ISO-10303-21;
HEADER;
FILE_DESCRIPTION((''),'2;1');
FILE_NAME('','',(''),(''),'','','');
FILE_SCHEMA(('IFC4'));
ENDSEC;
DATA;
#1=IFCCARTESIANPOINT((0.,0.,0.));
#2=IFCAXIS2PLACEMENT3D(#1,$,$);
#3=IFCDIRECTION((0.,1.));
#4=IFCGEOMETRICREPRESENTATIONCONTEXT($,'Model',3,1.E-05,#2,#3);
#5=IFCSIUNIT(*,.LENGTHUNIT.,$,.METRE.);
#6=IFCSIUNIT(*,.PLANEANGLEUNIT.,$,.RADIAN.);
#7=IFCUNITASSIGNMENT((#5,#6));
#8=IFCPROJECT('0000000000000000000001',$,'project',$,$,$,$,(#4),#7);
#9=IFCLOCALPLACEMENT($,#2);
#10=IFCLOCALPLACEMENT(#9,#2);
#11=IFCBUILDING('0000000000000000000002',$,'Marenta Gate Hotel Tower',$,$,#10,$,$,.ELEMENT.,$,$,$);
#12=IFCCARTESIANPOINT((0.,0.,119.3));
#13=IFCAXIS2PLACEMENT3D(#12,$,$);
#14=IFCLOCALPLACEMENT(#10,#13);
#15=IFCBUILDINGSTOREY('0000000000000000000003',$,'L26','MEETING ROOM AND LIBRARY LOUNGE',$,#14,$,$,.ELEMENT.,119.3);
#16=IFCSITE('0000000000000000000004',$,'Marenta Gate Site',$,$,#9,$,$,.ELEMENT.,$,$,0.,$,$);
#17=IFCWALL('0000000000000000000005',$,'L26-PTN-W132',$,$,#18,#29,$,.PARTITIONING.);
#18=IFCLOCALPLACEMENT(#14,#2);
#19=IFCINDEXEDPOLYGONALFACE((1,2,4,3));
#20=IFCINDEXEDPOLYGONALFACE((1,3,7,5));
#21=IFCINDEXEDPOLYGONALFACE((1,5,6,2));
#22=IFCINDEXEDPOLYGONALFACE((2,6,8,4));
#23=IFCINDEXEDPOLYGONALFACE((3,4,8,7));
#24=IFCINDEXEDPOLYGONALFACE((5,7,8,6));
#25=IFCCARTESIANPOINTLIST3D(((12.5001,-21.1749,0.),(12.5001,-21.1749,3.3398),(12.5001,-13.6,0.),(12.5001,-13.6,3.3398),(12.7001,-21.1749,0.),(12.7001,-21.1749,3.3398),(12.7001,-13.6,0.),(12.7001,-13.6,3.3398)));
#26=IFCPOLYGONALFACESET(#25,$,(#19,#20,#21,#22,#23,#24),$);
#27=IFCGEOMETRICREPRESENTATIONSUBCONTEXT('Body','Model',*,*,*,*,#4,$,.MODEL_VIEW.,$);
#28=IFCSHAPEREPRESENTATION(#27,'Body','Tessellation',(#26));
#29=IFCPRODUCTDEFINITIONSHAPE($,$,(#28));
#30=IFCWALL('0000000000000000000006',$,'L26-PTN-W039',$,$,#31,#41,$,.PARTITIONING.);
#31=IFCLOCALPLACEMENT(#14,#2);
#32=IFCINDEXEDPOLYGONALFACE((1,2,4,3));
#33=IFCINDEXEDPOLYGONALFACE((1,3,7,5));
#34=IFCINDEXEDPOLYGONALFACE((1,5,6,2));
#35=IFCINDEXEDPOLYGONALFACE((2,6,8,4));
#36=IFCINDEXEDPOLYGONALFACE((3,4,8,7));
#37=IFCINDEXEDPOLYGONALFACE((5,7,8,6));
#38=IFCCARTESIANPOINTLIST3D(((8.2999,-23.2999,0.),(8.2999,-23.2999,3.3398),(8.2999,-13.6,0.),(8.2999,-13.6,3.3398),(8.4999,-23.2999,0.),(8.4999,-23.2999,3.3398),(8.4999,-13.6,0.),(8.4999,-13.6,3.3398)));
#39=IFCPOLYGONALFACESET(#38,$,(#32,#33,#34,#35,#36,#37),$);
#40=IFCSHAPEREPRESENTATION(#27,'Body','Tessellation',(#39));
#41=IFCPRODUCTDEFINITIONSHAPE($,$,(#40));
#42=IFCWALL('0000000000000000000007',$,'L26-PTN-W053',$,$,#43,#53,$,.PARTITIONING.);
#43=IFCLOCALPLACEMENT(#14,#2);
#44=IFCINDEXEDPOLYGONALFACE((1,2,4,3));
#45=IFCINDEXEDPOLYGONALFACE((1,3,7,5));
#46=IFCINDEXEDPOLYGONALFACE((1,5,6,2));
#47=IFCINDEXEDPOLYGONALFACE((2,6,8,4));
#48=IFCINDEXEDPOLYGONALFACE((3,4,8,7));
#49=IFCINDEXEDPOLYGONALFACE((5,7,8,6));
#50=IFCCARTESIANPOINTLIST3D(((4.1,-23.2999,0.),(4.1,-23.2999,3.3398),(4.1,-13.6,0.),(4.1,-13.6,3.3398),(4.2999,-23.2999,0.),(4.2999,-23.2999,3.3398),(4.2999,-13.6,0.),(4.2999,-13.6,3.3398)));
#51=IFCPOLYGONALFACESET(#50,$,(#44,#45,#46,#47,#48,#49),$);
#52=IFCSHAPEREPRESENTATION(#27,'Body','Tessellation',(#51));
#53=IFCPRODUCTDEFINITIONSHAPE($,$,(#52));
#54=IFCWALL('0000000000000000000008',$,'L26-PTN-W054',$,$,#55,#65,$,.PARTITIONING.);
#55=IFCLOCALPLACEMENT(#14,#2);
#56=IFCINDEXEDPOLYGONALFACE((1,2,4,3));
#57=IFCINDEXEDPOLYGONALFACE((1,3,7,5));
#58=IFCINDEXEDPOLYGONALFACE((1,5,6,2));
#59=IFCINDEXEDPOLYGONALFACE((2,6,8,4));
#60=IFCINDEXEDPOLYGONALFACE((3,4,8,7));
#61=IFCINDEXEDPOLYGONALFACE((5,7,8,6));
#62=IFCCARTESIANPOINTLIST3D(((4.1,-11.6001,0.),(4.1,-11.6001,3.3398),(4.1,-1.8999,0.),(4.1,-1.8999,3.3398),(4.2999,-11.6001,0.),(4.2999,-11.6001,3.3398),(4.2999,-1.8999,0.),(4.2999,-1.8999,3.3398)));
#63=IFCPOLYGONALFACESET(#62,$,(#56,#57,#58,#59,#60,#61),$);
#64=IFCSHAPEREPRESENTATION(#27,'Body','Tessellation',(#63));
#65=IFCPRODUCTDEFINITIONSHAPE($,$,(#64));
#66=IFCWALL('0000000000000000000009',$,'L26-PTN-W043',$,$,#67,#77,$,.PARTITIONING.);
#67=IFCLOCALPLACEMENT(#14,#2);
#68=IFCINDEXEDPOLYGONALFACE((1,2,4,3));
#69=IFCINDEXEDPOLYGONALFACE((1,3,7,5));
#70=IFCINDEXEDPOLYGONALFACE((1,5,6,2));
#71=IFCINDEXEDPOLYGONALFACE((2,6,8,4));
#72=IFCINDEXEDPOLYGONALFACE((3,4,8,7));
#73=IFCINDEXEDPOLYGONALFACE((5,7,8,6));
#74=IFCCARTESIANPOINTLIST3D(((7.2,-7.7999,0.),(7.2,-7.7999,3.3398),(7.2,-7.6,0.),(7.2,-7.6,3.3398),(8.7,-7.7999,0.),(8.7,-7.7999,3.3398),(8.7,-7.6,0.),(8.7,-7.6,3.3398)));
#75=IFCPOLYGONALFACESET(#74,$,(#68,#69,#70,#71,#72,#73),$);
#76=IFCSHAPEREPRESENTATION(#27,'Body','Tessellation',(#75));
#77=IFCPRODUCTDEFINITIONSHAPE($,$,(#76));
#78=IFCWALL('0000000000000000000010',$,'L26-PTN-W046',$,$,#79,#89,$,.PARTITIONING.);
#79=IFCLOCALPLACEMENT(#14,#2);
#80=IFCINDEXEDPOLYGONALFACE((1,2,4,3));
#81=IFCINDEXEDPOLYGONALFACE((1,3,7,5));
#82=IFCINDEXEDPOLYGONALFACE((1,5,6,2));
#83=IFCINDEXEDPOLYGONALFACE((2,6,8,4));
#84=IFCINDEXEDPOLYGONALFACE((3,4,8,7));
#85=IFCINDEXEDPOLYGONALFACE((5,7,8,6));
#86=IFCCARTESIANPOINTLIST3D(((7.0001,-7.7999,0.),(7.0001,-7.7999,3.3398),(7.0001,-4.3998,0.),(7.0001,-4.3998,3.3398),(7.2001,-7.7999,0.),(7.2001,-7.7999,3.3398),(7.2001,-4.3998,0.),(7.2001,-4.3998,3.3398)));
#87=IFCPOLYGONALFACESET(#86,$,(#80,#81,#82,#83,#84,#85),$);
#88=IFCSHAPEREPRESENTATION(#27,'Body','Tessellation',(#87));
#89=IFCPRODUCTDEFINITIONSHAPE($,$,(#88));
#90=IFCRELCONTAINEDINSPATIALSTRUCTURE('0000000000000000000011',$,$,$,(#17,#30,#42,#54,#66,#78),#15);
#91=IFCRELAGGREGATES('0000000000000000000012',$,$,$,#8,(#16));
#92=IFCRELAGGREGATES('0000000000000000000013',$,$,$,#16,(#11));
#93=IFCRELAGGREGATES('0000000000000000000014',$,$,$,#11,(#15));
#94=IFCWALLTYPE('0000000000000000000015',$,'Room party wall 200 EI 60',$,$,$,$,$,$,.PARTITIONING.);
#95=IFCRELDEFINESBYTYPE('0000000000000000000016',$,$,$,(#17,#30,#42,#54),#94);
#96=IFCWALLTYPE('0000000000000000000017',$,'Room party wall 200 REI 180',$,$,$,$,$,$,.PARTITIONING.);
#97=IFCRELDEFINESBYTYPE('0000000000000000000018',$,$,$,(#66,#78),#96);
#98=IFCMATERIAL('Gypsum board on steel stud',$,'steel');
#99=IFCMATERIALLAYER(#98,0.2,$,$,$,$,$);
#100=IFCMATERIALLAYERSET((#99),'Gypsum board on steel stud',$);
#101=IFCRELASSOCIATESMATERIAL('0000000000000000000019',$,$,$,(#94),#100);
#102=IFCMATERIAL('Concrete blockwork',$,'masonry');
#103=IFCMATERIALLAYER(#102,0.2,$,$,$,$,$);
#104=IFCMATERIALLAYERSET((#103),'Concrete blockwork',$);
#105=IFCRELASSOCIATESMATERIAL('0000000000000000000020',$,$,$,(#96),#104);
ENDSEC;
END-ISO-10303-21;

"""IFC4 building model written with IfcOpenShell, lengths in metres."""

from ifc_helpers import new_model, si_unit, direction, frame, frame_2d, origin, place, context, subcontext, project, spatial, rectangle, extrude, material, layer, layer_set, type_object, element, save


model = new_model("IFC4")

# Units and contexts
model_context = context("Model", 3, precision=1e-05, world=origin(), true_north=direction((0.0, 1.0)))
body_context = subcontext(model_context, "Body", "Model", "MODEL_VIEW")
ifc_project = project(units=[si_unit("LENGTHUNIT", "METRE"), si_unit("PLANEANGLEUNIT", "RADIAN")], contexts=[model_context])

# Site, building, storey
site_placement = place(None, origin())
site = spatial("IfcSite", under=ifc_project, at=site_placement, Name="Marenta Gate Site", CompositionType="ELEMENT", RefElevation=0.0)
building_placement = place(site_placement, origin())
building = spatial("IfcBuilding", under=site, at=building_placement, Name="Marenta Gate Hotel Tower", CompositionType="ELEMENT")
storey_placement = place(building_placement, frame((0.0, 0.0, 119.3)))
storey = spatial("IfcBuildingStorey", under=building, at=storey_placement, Name="L26", Description="MEETING ROOM AND LIBRARY LOUNGE", CompositionType="ELEMENT", Elevation=119.3)

# Walls
ifc_material_1 = material(Name="Gypsum board on steel stud", Category="steel")
ifc_layer_1 = layer(ifc_material_1, 0.2)
ifc_layer_set_1 = layer_set([ifc_layer_1], Name="Gypsum board on steel stud")
wall_type_1 = type_object("IfcWallType", Name="Room party wall 200 EI 60", PredefinedType="PARTITIONING", material=ifc_layer_set_1)
wall_1_placement = place(storey_placement, frame((12.6001, -21.175, 0.0), z_axis=(0.0, 0.0, 1.0), x_axis=(0.0, 1.0, 0.0)))
element("IfcWall", 1, at=wall_1_placement, inside=storey, type_object=wall_type_1, Name="L26-PTN-W132", PredefinedType="PARTITIONING", context=body_context, shape_type="SweptSolid", body=[
    extrude(rectangle(XDim=7.575, YDim=0.2, at=frame_2d((3.7876, 0.0))), origin(), (0.0, 0.0, 1.0), 3.3398),
])
for number, where, z_axis, x_axis, name in (
    (2, (8.3999, -23.3, 0.0), (0.0, 0.0, 1.0), (0.0, 1.0, 0.0), "L26-PTN-W039"),
    (3, (4.2, -23.3, 0.0), (0.0, 0.0, 1.0), (0.0, 1.0, 0.0), "L26-PTN-W053"),
):
    element("IfcWall", number, at=place(storey_placement, frame(where, z_axis=z_axis, x_axis=x_axis)), inside=storey, type_object=wall_type_1, Name=name, PredefinedType="PARTITIONING", context=body_context, shape_type="SweptSolid", body=[
        extrude(rectangle(XDim=9.7, YDim=0.2, at=frame_2d((4.8501, 0.0))), origin(), (0.0, 0.0, 1.0), 3.3398),
    ])
wall_2_placement = place(storey_placement, frame((4.2, -11.6001, 0.0), z_axis=(0.0, 0.0, 1.0), x_axis=(0.0, 1.0, 0.0)))
element("IfcWall", 4, at=wall_2_placement, inside=storey, type_object=wall_type_1, Name="L26-PTN-W054", PredefinedType="PARTITIONING", context=body_context, shape_type="SweptSolid", body=[
    extrude(rectangle(XDim=9.7002, YDim=0.2, at=frame_2d((4.8501, 0.0))), origin(), (0.0, 0.0, 1.0), 3.3398),
])
ifc_material_2 = material(Name="Concrete blockwork", Category="masonry")
ifc_layer_2 = layer(ifc_material_2, 0.2)
ifc_layer_set_2 = layer_set([ifc_layer_2], Name="Concrete blockwork")
wall_type_2 = type_object("IfcWallType", Name="Room party wall 200 REI 180", PredefinedType="PARTITIONING", material=ifc_layer_set_2)
wall_3_placement = place(storey_placement, frame((7.2, -7.7, 0.0), z_axis=(0.0, 0.0, 1.0), x_axis=(1.0, 0.0, 0.0)))
element("IfcWall", 5, at=wall_3_placement, inside=storey, type_object=wall_type_2, Name="L26-PTN-W043", PredefinedType="PARTITIONING", context=body_context, shape_type="SweptSolid", body=[
    extrude(rectangle(XDim=1.5, YDim=0.2, at=frame_2d((0.75, 0.0))), origin(), (0.0, 0.0, 1.0), 3.3398),
])
wall_4_placement = place(storey_placement, frame((7.1001, -7.8, 0.0), z_axis=(0.0, 0.0, 1.0), x_axis=(0.0, 1.0, 0.0)))
element("IfcWall", 6, at=wall_4_placement, inside=storey, type_object=wall_type_2, Name="L26-PTN-W046", PredefinedType="PARTITIONING", context=body_context, shape_type="SweptSolid", body=[
    extrude(rectangle(XDim=3.4001, YDim=0.2, at=frame_2d((1.7002, 0.0))), origin(), (0.0, 0.0, 1.0), 3.3398),
])

save(model, "model.ifc")
